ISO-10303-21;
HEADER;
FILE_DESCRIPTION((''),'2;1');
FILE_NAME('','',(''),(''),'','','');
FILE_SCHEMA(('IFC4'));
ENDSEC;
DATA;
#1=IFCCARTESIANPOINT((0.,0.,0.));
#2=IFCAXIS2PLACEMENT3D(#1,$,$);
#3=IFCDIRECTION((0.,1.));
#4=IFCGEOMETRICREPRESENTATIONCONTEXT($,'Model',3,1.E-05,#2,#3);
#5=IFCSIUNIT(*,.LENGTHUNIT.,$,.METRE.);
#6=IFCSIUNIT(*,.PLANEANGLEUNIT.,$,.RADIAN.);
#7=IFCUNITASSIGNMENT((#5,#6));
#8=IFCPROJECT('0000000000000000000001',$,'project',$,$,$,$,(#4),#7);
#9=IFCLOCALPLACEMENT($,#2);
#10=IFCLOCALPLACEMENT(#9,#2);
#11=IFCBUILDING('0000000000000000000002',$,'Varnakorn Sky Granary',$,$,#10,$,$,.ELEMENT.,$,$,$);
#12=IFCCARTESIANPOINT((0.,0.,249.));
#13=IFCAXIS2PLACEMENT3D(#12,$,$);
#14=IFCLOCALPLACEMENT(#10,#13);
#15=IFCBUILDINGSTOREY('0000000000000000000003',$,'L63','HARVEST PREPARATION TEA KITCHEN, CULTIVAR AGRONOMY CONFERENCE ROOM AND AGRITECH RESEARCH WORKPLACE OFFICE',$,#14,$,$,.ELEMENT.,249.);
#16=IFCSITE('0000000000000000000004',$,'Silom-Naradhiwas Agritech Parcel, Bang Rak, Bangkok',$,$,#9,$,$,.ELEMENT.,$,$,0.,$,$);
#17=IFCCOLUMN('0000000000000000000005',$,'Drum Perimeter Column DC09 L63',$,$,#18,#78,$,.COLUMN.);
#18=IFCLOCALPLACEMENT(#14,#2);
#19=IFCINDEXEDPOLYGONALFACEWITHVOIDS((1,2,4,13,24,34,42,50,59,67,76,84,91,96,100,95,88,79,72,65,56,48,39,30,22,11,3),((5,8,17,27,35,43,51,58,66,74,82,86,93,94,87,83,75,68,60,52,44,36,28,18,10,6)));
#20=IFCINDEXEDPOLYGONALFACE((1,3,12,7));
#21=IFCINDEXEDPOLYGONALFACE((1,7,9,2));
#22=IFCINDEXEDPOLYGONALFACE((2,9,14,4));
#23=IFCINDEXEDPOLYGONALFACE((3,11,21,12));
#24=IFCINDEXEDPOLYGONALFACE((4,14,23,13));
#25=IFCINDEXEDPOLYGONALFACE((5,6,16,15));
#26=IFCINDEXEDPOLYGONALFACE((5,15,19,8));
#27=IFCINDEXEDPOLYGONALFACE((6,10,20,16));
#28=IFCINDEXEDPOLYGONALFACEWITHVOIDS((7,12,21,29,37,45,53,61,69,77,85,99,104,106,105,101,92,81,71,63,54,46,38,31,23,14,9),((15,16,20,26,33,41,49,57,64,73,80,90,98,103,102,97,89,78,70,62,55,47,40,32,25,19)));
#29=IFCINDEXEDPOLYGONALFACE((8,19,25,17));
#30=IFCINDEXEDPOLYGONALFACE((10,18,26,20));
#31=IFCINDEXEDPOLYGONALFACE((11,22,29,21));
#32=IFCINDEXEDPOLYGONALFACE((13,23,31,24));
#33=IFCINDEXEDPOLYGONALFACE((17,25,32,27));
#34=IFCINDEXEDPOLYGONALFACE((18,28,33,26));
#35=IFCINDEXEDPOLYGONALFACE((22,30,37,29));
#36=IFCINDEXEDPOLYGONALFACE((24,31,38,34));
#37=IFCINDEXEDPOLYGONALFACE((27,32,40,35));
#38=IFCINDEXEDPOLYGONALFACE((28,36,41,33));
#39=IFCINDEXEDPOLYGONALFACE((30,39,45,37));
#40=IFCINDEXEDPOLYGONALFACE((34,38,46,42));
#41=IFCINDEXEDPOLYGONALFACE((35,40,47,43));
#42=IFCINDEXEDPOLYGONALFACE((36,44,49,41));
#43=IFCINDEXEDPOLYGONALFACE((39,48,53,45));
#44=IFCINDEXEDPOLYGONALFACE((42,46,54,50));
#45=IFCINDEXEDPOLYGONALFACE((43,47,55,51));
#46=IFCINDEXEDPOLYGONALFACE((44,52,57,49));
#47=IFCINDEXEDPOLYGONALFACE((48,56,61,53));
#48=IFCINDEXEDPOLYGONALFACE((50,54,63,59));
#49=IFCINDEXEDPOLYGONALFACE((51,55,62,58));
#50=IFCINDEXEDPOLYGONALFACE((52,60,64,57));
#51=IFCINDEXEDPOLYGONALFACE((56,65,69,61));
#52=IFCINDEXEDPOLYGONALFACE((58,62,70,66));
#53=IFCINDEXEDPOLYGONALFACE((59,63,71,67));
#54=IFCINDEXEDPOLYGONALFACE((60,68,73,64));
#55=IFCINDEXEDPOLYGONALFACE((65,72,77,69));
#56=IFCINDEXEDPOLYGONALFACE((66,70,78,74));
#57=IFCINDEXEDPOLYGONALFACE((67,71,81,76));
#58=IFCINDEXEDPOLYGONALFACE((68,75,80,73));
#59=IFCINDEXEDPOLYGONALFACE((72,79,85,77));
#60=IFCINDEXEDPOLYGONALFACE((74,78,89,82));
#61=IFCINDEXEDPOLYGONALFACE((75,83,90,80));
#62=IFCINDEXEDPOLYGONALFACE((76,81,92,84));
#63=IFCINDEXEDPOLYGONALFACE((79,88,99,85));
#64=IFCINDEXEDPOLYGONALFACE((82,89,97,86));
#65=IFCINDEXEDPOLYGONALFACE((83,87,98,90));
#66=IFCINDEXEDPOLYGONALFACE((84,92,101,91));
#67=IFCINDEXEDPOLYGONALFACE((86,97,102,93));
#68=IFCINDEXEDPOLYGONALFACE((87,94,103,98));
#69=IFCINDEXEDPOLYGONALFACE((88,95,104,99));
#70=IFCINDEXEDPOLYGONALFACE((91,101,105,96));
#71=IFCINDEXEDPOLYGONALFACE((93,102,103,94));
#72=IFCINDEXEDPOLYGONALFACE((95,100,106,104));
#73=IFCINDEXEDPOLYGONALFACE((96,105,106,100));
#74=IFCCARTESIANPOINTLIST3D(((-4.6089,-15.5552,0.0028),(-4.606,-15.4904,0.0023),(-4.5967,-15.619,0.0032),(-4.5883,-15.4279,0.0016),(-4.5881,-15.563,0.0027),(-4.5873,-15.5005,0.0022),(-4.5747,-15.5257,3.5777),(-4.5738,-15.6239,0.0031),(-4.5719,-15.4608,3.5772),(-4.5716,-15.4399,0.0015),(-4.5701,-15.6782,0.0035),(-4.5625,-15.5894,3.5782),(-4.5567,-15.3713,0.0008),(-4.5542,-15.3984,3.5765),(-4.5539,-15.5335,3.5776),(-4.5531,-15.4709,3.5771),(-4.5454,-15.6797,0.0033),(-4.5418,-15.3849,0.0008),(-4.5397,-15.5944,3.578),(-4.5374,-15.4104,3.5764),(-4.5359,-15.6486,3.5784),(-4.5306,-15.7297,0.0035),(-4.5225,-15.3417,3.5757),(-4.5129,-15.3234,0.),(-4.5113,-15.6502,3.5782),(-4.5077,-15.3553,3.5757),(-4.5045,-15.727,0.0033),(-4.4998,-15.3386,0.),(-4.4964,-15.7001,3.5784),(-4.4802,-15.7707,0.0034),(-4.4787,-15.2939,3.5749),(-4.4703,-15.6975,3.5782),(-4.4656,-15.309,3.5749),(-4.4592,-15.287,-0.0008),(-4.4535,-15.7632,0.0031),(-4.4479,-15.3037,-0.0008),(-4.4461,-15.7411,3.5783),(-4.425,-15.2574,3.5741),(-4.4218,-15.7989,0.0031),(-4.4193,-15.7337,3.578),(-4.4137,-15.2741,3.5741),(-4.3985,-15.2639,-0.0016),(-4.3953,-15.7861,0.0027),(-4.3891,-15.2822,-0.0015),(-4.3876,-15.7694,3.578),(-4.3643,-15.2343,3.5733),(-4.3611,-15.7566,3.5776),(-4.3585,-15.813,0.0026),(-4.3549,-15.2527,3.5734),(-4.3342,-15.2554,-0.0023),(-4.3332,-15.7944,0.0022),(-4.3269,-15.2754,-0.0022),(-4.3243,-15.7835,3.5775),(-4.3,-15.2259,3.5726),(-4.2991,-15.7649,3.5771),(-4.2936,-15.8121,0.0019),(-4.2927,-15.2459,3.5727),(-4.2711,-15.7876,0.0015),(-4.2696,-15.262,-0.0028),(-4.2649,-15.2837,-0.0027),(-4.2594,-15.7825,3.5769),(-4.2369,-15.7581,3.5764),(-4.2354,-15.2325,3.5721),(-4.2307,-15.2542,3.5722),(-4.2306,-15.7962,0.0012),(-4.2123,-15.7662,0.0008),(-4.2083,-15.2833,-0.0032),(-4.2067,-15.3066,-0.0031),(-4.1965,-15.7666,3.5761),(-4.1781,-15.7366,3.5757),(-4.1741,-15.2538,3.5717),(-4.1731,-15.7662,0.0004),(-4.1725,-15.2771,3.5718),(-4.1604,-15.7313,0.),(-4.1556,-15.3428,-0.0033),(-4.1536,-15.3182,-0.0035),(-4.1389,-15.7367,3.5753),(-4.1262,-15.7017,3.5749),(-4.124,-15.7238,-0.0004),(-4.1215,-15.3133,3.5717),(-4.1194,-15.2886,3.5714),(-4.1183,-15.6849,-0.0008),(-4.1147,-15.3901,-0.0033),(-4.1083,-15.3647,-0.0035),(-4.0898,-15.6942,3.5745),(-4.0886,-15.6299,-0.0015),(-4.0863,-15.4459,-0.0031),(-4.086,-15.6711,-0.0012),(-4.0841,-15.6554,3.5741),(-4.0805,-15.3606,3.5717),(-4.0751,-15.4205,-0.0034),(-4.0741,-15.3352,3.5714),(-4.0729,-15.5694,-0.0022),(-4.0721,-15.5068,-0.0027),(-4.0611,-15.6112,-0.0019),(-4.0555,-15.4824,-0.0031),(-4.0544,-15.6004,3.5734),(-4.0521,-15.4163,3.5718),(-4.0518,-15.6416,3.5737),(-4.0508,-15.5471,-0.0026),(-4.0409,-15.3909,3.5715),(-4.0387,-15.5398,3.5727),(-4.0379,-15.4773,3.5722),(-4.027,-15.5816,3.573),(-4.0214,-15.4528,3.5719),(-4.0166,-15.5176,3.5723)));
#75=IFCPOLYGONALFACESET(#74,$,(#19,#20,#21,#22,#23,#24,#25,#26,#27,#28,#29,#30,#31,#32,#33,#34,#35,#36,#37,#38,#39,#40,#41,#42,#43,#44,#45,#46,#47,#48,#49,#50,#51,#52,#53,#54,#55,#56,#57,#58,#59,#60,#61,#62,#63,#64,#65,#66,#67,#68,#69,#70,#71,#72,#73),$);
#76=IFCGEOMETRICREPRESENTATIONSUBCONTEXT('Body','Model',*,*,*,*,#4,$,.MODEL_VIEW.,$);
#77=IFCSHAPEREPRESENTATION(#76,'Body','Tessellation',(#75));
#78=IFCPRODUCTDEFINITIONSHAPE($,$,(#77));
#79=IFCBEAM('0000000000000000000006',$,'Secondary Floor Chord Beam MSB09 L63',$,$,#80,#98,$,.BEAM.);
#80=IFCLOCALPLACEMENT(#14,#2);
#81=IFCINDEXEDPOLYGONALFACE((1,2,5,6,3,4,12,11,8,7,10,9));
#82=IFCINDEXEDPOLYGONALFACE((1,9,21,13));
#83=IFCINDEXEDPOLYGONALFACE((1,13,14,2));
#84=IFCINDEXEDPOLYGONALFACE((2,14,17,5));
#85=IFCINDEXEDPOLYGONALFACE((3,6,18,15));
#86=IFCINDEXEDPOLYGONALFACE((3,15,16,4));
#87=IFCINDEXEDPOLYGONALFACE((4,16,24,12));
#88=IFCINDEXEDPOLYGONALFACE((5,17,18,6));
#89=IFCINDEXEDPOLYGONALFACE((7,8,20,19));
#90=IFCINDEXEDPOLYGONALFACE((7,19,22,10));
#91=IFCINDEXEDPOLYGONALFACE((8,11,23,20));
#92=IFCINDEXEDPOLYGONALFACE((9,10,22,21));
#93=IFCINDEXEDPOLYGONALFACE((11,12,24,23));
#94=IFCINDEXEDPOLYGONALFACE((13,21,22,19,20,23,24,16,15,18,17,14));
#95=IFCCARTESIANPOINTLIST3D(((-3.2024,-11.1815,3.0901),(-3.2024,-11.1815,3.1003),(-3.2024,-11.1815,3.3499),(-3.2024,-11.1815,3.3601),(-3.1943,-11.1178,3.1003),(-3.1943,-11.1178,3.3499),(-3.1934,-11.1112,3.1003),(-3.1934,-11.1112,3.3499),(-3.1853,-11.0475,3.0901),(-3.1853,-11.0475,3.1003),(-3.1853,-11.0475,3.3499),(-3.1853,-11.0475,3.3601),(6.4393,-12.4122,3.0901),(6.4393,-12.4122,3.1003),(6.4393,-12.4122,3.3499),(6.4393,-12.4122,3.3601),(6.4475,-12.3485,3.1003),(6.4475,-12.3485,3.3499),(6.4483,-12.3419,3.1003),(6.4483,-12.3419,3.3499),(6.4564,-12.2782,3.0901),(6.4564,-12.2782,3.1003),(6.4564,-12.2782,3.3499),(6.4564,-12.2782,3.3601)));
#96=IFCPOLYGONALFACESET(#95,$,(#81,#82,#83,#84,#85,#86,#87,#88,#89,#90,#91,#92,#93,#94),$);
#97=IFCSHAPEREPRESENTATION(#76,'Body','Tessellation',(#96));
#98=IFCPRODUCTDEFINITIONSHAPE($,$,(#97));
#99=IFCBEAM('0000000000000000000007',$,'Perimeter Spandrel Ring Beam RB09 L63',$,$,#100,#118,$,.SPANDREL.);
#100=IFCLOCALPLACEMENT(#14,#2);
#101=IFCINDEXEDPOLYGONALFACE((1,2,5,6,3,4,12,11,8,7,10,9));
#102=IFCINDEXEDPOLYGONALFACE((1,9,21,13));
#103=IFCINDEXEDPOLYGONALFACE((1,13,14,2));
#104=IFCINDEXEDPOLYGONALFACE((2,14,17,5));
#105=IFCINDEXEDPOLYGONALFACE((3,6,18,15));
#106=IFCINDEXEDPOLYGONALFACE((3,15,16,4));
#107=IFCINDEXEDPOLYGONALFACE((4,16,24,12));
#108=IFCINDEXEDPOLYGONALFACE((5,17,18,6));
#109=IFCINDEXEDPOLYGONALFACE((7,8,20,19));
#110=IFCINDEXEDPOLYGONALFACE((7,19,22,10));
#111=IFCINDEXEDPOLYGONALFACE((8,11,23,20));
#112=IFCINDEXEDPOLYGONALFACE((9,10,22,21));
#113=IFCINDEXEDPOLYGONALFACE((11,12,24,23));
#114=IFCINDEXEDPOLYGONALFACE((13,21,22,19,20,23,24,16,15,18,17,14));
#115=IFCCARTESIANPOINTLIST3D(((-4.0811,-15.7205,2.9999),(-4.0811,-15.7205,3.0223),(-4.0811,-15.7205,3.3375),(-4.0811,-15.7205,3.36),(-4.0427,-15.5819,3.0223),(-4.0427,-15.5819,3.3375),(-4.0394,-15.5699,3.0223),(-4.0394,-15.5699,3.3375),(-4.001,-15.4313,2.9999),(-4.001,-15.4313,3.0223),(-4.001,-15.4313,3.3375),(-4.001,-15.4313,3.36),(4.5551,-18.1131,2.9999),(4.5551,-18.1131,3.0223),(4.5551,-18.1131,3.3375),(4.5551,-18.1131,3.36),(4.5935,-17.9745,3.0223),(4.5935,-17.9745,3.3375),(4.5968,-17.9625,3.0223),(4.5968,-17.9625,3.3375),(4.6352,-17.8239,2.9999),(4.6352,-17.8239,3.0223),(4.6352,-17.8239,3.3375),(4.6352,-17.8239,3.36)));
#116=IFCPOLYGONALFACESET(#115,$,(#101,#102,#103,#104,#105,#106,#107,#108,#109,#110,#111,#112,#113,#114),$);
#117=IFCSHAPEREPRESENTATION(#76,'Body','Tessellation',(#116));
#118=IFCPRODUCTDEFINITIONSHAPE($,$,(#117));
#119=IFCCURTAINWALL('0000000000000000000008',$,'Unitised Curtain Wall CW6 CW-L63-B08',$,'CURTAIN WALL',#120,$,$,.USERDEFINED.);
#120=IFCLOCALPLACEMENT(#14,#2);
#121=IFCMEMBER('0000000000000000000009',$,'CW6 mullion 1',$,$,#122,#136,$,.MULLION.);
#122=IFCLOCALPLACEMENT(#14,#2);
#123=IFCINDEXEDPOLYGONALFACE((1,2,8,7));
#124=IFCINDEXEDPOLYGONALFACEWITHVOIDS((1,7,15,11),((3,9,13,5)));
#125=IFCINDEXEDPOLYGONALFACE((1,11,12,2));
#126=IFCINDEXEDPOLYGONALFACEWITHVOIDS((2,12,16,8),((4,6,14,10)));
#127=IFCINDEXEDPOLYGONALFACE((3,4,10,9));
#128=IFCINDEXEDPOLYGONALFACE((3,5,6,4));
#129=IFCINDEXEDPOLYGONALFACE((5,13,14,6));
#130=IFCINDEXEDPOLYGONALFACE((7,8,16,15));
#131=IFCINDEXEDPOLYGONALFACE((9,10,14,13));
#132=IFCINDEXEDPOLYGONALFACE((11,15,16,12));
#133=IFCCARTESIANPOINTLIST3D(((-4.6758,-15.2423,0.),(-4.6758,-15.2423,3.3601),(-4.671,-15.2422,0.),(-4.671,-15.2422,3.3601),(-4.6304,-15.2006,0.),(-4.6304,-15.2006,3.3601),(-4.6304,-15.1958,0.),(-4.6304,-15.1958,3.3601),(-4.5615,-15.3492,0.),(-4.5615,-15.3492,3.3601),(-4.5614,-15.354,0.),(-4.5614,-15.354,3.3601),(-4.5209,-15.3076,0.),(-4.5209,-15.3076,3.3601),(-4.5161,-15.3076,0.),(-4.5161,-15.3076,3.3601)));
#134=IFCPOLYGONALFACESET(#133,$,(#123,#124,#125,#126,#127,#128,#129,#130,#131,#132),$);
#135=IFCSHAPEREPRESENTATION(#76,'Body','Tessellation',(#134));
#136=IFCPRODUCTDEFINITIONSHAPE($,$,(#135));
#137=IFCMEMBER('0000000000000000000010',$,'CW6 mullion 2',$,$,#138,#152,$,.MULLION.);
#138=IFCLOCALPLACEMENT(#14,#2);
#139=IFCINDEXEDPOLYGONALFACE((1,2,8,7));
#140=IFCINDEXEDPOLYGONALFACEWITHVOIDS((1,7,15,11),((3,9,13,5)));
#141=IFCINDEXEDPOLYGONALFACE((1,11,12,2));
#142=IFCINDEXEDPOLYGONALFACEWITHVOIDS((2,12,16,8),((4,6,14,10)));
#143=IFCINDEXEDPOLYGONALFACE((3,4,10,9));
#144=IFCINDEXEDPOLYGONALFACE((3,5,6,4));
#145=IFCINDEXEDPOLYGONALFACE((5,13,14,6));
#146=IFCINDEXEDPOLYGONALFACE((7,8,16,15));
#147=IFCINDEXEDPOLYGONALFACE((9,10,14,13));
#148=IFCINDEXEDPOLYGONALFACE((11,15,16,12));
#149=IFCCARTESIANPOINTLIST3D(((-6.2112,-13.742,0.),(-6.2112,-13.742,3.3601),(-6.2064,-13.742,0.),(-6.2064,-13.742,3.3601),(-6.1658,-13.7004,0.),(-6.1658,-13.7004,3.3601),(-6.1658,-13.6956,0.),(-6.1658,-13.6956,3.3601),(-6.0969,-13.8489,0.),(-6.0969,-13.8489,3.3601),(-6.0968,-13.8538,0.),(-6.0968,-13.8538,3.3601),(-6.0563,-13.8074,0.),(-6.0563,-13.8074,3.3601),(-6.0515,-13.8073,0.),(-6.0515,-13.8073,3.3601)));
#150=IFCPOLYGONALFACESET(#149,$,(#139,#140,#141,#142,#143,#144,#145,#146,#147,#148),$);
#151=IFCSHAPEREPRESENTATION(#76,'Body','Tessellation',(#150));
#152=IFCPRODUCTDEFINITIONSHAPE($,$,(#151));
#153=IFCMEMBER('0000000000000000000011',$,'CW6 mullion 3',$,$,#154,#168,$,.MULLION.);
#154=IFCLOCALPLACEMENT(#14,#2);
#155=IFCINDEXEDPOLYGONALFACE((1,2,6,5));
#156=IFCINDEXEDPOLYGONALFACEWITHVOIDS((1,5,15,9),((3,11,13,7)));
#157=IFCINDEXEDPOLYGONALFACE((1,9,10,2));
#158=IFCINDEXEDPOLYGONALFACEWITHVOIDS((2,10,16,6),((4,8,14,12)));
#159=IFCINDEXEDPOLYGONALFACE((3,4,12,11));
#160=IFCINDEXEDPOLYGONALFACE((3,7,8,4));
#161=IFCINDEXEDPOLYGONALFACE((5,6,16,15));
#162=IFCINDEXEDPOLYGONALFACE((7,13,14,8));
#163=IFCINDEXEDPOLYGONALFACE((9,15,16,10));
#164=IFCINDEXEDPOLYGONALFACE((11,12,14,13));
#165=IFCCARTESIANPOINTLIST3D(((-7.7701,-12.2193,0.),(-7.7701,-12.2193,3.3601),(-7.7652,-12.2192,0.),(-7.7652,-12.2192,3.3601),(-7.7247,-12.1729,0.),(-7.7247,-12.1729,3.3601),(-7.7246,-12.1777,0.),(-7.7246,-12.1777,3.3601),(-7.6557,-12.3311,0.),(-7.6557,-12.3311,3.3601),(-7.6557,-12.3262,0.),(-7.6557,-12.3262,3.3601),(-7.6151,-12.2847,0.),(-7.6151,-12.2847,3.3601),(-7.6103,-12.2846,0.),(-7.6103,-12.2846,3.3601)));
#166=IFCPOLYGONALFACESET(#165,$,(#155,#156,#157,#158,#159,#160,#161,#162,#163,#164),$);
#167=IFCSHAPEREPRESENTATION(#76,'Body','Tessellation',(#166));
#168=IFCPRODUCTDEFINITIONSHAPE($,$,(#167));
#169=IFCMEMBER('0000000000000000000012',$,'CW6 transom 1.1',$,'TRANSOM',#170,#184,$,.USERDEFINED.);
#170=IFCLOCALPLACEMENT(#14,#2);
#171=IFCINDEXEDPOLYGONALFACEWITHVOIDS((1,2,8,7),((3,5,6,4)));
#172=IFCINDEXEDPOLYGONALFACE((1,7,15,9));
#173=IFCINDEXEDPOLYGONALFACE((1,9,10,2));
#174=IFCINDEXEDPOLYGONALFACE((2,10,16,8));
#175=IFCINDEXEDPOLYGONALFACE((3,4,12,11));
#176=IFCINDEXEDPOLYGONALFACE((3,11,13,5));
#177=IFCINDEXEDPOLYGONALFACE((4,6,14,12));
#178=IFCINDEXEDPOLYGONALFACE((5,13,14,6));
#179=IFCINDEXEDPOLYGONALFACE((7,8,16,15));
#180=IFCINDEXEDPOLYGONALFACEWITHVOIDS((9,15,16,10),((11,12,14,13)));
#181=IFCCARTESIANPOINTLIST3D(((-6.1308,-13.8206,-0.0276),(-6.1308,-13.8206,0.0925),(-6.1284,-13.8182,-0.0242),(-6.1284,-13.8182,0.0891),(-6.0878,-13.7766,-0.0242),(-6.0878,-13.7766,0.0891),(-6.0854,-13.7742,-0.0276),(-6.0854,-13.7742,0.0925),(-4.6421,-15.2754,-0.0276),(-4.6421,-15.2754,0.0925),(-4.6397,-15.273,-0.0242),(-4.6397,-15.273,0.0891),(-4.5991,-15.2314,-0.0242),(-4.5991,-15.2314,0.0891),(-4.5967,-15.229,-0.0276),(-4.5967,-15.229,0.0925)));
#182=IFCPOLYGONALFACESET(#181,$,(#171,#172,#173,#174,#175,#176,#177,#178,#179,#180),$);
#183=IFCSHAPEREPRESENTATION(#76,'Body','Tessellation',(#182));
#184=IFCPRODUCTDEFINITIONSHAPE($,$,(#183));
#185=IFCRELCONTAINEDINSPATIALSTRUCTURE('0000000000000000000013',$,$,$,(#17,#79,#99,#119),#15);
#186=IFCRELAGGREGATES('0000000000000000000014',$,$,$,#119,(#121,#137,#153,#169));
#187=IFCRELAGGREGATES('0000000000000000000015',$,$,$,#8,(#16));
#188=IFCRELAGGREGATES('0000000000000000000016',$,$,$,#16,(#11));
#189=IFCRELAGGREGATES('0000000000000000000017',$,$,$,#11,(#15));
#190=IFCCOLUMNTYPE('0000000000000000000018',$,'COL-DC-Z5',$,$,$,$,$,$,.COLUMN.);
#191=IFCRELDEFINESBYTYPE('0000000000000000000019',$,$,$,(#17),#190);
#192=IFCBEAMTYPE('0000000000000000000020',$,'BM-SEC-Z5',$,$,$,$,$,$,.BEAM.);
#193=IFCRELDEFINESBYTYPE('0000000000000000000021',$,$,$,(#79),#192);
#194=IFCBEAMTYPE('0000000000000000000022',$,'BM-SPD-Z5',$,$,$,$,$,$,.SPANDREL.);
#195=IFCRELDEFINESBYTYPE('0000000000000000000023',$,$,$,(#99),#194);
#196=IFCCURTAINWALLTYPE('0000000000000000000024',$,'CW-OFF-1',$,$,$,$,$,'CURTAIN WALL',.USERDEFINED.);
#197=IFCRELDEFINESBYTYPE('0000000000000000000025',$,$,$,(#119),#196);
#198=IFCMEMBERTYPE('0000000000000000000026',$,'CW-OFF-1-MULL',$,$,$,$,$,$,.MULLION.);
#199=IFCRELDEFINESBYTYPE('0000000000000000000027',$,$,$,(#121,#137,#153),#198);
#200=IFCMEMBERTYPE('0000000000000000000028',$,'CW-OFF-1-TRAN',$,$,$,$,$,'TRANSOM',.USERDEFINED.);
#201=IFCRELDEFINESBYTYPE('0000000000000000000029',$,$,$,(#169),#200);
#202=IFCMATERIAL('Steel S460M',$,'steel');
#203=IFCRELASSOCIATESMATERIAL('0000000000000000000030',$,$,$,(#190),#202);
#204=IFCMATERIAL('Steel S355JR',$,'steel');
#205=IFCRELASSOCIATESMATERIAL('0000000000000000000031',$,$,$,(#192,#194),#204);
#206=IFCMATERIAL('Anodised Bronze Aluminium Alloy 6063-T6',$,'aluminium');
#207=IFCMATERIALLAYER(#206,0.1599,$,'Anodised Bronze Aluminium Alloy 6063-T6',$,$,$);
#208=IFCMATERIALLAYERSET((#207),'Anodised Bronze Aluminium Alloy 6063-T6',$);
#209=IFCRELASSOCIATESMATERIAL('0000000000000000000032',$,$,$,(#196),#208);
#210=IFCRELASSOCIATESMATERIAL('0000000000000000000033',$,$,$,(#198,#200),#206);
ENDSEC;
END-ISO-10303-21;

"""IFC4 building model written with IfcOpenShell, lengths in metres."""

from ifc_helpers import new_model, si_unit, direction, frame, origin, origin_2d, place, context, subcontext, project, spatial, hollow_rectangle, hollow_circle, i_section, extrude, material, layer, layer_set, material_profile, profile_set, type_object, element, aggregate, save


model = new_model("IFC4")

# Units and contexts
model_context = context("Model", 3, precision=1e-05, world=origin(), true_north=direction((0.0, 1.0)))
body_context = subcontext(model_context, "Body", "Model", "MODEL_VIEW")
ifc_project = project(units=[si_unit("LENGTHUNIT", "METRE"), si_unit("PLANEANGLEUNIT", "RADIAN")], contexts=[model_context])

# Site, building, storey
site_placement = place(None, origin())
site = spatial("IfcSite", under=ifc_project, at=site_placement, Name="Silom-Naradhiwas Agritech Parcel, Bang Rak, Bangkok", CompositionType="ELEMENT", RefElevation=0.0)
building_placement = place(site_placement, origin())
building = spatial("IfcBuilding", under=site, at=building_placement, Name="Varnakorn Sky Granary", CompositionType="ELEMENT")
storey_placement = place(building_placement, frame((0.0, 0.0, 249.0)))
storey = spatial("IfcBuildingStorey", under=building, at=storey_placement, Name="L63", Description="HARVEST PREPARATION TEA KITCHEN, CULTIVAR AGRONOMY CONFERENCE ROOM AND AGRITECH RESEARCH WORKPLACE OFFICE", CompositionType="ELEMENT", Elevation=249.0)

# Column
ifc_material_1 = material(Name="Steel S460M", Category="steel")
ifc_material_profile_1 = material_profile(ifc_material_1, hollow_circle(Radius=0.2795, WallThickness=0.02, at=origin_2d()), Name="CHS 559x20")
ifc_profile_set_1 = profile_set([ifc_material_profile_1], Name="Steel S460M")
column_type = type_object("IfcColumnType", Name="COL-DC-Z5", PredefinedType="COLUMN", material=ifc_profile_set_1)
column_placement = place(storey_placement, frame((-4.3301, -15.5349, 0.0), z_axis=(0.00956, 0.008263, 0.99992), x_axis=(-0.653901, 0.75658, 0.0)))
element("IfcColumn", 1, at=column_placement, inside=storey, type_object=column_type, Name="Drum Perimeter Column DC09 L63", PredefinedType="COLUMN", context=body_context, shape_type="SweptSolid", body=[
    extrude(hollow_circle(Radius=0.2795, WallThickness=0.02, at=origin_2d()), origin(), (0.0, 0.0, 1.0), 3.5752),
])

# Beams
ifc_material_2 = material(Name="Steel S355JR", Category="steel")
ifc_material_profile_2 = material_profile(ifc_material_2, i_section(OverallWidth=0.135, OverallDepth=0.27, WebThickness=0.0066, FlangeThickness=0.0103, at=origin_2d()), Name="IPE 270")
ifc_profile_set_2 = profile_set([ifc_material_profile_2], Name="Steel S355JR")
beam_type_1 = type_object("IfcBeamType", Name="BM-SEC-Z5", PredefinedType="BEAM", material=ifc_profile_set_2)
beam_1_placement = place(storey_placement, frame((-3.1938, -11.1145, 3.2251), z_axis=(0.991952, -0.126616, 0.0), x_axis=(0.126616, 0.991952, 0.0)))
element("IfcBeam", 2, at=beam_1_placement, inside=storey, type_object=beam_type_1, Name="Secondary Floor Chord Beam MSB09 L63", PredefinedType="BEAM", context=body_context, shape_type="SweptSolid", body=[
    extrude(i_section(OverallWidth=0.135, OverallDepth=0.27, WebThickness=0.0066, FlangeThickness=0.0103, at=origin_2d()), origin(), (0.0, 0.0, 1.0), 9.72),
])
ifc_material_profile_3 = material_profile(ifc_material_2, i_section(OverallWidth=0.3, OverallDepth=0.3601, WebThickness=0.0125, FlangeThickness=0.0225, at=origin_2d()), Name="HE 360 B")
ifc_profile_set_3 = profile_set([ifc_material_profile_3], Name="Steel S355JR")
beam_type_2 = type_object("IfcBeamType", Name="BM-SPD-Z5", PredefinedType="SPANDREL", material=ifc_profile_set_3)
beam_2_placement = place(storey_placement, frame((-4.041, -15.5759, 3.1799), z_axis=(0.963701, -0.266983, 0.0), x_axis=(0.266983, 0.963701, 0.0)))
element("IfcBeam", 3, at=beam_2_placement, inside=storey, type_object=beam_type_2, Name="Perimeter Spandrel Ring Beam RB09 L63", PredefinedType="SPANDREL", context=body_context, shape_type="SweptSolid", body=[
    extrude(i_section(OverallWidth=0.3, OverallDepth=0.3601, WebThickness=0.0125, FlangeThickness=0.0225, at=origin_2d()), origin(), (0.0, 0.0, 1.0), 8.9614),
])

# Curtain wall, members
ifc_material_3 = material(Name="Anodised Bronze Aluminium Alloy 6063-T6", Category="aluminium")
ifc_layer_1 = layer(ifc_material_3, 0.1599, Name="Anodised Bronze Aluminium Alloy 6063-T6")
ifc_layer_set_1 = layer_set([ifc_layer_1], Name="Anodised Bronze Aluminium Alloy 6063-T6")
curtain_wall_type = type_object("IfcCurtainWallType", Name="CW-OFF-1", ElementType="CURTAIN WALL", PredefinedType="USERDEFINED", material=ifc_layer_set_1)
curtain_wall_placement = place(storey_placement, origin())
curtain_wall = element("IfcCurtainWall", 4, at=curtain_wall_placement, inside=storey, type_object=curtain_wall_type, Name="Unitised Curtain Wall CW6 CW-L63-B08", ObjectType="CURTAIN WALL", PredefinedType="USERDEFINED")
ifc_material_profile_4 = material_profile(ifc_material_3, hollow_rectangle(XDim=0.0649, YDim=0.1599, WallThickness=0.0034, at=origin_2d()), Name="ALU MULL 65x160")
ifc_profile_set_4 = profile_set([ifc_material_profile_4], Name="Anodised Bronze Aluminium Alloy 6063-T6")
member_type_1 = type_object("IfcMemberType", Name="CW-OFF-1-MULL", PredefinedType="MULLION", material=ifc_profile_set_4)
member_1_placement = place(storey_placement, frame((-4.5959, -15.2749, 0.0), z_axis=(0.0, 0.0, 1.0), x_axis=(-0.698833, -0.715285, 0.0)))
member_1 = element("IfcMember", 5, at=member_1_placement, type_object=member_type_1, Name="CW6 mullion 1", PredefinedType="MULLION", context=body_context, shape_type="SweptSolid", body=[
    extrude(hollow_rectangle(XDim=0.0649, YDim=0.1599, WallThickness=0.0034, at=origin_2d()), origin(), (0.0, 0.0, 1.0), 3.3601),
])
member_2_placement = place(storey_placement, frame((-6.1313, -13.7747, 0.0), z_axis=(0.0, 0.0, 1.0), x_axis=(-0.698833, -0.715285, 0.0)))
member_2 = element("IfcMember", 6, at=member_2_placement, type_object=member_type_1, Name="CW6 mullion 2", PredefinedType="MULLION", context=body_context, shape_type="SweptSolid", body=[
    extrude(hollow_rectangle(XDim=0.0649, YDim=0.1599, WallThickness=0.0034, at=origin_2d()), origin(), (0.0, 0.0, 1.0), 3.3601),
])
member_3_placement = place(storey_placement, frame((-7.6902, -12.252, 0.0), z_axis=(0.0, 0.0, 1.0), x_axis=(-0.698833, -0.715285, 0.0)))
member_3 = element("IfcMember", 7, at=member_3_placement, type_object=member_type_1, Name="CW6 mullion 3", PredefinedType="MULLION", context=body_context, shape_type="SweptSolid", body=[
    extrude(hollow_rectangle(XDim=0.0649, YDim=0.1599, WallThickness=0.0034, at=origin_2d()), origin(), (0.0, 0.0, 1.0), 3.3601),
])
ifc_material_profile_5 = material_profile(ifc_material_3, hollow_rectangle(XDim=0.0649, YDim=0.1201, WallThickness=0.0034, at=origin_2d()), Name="ALU TRAN 65x120")
ifc_profile_set_5 = profile_set([ifc_material_profile_5], Name="Anodised Bronze Aluminium Alloy 6063-T6")
member_type_2 = type_object("IfcMemberType", Name="CW-OFF-1-TRAN", ElementType="TRANSOM", PredefinedType="USERDEFINED", material=ifc_profile_set_5)
member_4_placement = place(storey_placement, frame((-4.6194, -15.2522, 0.0325), z_axis=(-0.715211, 0.698908, 0.0), x_axis=(-0.698908, -0.715211, 0.0)))
member_4 = element("IfcMember", 8, at=member_4_placement, type_object=member_type_2, Name="CW6 transom 1.1", ObjectType="TRANSOM", PredefinedType="USERDEFINED", context=body_context, shape_type="SweptSolid", body=[
    extrude(hollow_rectangle(XDim=0.0649, YDim=0.1201, WallThickness=0.0034, at=origin_2d()), origin(), (0.0, 0.0, 1.0), 2.0815),
])

aggregate(curtain_wall, [member_1, member_2, member_3, member_4])

save(model, "model.ifc")
